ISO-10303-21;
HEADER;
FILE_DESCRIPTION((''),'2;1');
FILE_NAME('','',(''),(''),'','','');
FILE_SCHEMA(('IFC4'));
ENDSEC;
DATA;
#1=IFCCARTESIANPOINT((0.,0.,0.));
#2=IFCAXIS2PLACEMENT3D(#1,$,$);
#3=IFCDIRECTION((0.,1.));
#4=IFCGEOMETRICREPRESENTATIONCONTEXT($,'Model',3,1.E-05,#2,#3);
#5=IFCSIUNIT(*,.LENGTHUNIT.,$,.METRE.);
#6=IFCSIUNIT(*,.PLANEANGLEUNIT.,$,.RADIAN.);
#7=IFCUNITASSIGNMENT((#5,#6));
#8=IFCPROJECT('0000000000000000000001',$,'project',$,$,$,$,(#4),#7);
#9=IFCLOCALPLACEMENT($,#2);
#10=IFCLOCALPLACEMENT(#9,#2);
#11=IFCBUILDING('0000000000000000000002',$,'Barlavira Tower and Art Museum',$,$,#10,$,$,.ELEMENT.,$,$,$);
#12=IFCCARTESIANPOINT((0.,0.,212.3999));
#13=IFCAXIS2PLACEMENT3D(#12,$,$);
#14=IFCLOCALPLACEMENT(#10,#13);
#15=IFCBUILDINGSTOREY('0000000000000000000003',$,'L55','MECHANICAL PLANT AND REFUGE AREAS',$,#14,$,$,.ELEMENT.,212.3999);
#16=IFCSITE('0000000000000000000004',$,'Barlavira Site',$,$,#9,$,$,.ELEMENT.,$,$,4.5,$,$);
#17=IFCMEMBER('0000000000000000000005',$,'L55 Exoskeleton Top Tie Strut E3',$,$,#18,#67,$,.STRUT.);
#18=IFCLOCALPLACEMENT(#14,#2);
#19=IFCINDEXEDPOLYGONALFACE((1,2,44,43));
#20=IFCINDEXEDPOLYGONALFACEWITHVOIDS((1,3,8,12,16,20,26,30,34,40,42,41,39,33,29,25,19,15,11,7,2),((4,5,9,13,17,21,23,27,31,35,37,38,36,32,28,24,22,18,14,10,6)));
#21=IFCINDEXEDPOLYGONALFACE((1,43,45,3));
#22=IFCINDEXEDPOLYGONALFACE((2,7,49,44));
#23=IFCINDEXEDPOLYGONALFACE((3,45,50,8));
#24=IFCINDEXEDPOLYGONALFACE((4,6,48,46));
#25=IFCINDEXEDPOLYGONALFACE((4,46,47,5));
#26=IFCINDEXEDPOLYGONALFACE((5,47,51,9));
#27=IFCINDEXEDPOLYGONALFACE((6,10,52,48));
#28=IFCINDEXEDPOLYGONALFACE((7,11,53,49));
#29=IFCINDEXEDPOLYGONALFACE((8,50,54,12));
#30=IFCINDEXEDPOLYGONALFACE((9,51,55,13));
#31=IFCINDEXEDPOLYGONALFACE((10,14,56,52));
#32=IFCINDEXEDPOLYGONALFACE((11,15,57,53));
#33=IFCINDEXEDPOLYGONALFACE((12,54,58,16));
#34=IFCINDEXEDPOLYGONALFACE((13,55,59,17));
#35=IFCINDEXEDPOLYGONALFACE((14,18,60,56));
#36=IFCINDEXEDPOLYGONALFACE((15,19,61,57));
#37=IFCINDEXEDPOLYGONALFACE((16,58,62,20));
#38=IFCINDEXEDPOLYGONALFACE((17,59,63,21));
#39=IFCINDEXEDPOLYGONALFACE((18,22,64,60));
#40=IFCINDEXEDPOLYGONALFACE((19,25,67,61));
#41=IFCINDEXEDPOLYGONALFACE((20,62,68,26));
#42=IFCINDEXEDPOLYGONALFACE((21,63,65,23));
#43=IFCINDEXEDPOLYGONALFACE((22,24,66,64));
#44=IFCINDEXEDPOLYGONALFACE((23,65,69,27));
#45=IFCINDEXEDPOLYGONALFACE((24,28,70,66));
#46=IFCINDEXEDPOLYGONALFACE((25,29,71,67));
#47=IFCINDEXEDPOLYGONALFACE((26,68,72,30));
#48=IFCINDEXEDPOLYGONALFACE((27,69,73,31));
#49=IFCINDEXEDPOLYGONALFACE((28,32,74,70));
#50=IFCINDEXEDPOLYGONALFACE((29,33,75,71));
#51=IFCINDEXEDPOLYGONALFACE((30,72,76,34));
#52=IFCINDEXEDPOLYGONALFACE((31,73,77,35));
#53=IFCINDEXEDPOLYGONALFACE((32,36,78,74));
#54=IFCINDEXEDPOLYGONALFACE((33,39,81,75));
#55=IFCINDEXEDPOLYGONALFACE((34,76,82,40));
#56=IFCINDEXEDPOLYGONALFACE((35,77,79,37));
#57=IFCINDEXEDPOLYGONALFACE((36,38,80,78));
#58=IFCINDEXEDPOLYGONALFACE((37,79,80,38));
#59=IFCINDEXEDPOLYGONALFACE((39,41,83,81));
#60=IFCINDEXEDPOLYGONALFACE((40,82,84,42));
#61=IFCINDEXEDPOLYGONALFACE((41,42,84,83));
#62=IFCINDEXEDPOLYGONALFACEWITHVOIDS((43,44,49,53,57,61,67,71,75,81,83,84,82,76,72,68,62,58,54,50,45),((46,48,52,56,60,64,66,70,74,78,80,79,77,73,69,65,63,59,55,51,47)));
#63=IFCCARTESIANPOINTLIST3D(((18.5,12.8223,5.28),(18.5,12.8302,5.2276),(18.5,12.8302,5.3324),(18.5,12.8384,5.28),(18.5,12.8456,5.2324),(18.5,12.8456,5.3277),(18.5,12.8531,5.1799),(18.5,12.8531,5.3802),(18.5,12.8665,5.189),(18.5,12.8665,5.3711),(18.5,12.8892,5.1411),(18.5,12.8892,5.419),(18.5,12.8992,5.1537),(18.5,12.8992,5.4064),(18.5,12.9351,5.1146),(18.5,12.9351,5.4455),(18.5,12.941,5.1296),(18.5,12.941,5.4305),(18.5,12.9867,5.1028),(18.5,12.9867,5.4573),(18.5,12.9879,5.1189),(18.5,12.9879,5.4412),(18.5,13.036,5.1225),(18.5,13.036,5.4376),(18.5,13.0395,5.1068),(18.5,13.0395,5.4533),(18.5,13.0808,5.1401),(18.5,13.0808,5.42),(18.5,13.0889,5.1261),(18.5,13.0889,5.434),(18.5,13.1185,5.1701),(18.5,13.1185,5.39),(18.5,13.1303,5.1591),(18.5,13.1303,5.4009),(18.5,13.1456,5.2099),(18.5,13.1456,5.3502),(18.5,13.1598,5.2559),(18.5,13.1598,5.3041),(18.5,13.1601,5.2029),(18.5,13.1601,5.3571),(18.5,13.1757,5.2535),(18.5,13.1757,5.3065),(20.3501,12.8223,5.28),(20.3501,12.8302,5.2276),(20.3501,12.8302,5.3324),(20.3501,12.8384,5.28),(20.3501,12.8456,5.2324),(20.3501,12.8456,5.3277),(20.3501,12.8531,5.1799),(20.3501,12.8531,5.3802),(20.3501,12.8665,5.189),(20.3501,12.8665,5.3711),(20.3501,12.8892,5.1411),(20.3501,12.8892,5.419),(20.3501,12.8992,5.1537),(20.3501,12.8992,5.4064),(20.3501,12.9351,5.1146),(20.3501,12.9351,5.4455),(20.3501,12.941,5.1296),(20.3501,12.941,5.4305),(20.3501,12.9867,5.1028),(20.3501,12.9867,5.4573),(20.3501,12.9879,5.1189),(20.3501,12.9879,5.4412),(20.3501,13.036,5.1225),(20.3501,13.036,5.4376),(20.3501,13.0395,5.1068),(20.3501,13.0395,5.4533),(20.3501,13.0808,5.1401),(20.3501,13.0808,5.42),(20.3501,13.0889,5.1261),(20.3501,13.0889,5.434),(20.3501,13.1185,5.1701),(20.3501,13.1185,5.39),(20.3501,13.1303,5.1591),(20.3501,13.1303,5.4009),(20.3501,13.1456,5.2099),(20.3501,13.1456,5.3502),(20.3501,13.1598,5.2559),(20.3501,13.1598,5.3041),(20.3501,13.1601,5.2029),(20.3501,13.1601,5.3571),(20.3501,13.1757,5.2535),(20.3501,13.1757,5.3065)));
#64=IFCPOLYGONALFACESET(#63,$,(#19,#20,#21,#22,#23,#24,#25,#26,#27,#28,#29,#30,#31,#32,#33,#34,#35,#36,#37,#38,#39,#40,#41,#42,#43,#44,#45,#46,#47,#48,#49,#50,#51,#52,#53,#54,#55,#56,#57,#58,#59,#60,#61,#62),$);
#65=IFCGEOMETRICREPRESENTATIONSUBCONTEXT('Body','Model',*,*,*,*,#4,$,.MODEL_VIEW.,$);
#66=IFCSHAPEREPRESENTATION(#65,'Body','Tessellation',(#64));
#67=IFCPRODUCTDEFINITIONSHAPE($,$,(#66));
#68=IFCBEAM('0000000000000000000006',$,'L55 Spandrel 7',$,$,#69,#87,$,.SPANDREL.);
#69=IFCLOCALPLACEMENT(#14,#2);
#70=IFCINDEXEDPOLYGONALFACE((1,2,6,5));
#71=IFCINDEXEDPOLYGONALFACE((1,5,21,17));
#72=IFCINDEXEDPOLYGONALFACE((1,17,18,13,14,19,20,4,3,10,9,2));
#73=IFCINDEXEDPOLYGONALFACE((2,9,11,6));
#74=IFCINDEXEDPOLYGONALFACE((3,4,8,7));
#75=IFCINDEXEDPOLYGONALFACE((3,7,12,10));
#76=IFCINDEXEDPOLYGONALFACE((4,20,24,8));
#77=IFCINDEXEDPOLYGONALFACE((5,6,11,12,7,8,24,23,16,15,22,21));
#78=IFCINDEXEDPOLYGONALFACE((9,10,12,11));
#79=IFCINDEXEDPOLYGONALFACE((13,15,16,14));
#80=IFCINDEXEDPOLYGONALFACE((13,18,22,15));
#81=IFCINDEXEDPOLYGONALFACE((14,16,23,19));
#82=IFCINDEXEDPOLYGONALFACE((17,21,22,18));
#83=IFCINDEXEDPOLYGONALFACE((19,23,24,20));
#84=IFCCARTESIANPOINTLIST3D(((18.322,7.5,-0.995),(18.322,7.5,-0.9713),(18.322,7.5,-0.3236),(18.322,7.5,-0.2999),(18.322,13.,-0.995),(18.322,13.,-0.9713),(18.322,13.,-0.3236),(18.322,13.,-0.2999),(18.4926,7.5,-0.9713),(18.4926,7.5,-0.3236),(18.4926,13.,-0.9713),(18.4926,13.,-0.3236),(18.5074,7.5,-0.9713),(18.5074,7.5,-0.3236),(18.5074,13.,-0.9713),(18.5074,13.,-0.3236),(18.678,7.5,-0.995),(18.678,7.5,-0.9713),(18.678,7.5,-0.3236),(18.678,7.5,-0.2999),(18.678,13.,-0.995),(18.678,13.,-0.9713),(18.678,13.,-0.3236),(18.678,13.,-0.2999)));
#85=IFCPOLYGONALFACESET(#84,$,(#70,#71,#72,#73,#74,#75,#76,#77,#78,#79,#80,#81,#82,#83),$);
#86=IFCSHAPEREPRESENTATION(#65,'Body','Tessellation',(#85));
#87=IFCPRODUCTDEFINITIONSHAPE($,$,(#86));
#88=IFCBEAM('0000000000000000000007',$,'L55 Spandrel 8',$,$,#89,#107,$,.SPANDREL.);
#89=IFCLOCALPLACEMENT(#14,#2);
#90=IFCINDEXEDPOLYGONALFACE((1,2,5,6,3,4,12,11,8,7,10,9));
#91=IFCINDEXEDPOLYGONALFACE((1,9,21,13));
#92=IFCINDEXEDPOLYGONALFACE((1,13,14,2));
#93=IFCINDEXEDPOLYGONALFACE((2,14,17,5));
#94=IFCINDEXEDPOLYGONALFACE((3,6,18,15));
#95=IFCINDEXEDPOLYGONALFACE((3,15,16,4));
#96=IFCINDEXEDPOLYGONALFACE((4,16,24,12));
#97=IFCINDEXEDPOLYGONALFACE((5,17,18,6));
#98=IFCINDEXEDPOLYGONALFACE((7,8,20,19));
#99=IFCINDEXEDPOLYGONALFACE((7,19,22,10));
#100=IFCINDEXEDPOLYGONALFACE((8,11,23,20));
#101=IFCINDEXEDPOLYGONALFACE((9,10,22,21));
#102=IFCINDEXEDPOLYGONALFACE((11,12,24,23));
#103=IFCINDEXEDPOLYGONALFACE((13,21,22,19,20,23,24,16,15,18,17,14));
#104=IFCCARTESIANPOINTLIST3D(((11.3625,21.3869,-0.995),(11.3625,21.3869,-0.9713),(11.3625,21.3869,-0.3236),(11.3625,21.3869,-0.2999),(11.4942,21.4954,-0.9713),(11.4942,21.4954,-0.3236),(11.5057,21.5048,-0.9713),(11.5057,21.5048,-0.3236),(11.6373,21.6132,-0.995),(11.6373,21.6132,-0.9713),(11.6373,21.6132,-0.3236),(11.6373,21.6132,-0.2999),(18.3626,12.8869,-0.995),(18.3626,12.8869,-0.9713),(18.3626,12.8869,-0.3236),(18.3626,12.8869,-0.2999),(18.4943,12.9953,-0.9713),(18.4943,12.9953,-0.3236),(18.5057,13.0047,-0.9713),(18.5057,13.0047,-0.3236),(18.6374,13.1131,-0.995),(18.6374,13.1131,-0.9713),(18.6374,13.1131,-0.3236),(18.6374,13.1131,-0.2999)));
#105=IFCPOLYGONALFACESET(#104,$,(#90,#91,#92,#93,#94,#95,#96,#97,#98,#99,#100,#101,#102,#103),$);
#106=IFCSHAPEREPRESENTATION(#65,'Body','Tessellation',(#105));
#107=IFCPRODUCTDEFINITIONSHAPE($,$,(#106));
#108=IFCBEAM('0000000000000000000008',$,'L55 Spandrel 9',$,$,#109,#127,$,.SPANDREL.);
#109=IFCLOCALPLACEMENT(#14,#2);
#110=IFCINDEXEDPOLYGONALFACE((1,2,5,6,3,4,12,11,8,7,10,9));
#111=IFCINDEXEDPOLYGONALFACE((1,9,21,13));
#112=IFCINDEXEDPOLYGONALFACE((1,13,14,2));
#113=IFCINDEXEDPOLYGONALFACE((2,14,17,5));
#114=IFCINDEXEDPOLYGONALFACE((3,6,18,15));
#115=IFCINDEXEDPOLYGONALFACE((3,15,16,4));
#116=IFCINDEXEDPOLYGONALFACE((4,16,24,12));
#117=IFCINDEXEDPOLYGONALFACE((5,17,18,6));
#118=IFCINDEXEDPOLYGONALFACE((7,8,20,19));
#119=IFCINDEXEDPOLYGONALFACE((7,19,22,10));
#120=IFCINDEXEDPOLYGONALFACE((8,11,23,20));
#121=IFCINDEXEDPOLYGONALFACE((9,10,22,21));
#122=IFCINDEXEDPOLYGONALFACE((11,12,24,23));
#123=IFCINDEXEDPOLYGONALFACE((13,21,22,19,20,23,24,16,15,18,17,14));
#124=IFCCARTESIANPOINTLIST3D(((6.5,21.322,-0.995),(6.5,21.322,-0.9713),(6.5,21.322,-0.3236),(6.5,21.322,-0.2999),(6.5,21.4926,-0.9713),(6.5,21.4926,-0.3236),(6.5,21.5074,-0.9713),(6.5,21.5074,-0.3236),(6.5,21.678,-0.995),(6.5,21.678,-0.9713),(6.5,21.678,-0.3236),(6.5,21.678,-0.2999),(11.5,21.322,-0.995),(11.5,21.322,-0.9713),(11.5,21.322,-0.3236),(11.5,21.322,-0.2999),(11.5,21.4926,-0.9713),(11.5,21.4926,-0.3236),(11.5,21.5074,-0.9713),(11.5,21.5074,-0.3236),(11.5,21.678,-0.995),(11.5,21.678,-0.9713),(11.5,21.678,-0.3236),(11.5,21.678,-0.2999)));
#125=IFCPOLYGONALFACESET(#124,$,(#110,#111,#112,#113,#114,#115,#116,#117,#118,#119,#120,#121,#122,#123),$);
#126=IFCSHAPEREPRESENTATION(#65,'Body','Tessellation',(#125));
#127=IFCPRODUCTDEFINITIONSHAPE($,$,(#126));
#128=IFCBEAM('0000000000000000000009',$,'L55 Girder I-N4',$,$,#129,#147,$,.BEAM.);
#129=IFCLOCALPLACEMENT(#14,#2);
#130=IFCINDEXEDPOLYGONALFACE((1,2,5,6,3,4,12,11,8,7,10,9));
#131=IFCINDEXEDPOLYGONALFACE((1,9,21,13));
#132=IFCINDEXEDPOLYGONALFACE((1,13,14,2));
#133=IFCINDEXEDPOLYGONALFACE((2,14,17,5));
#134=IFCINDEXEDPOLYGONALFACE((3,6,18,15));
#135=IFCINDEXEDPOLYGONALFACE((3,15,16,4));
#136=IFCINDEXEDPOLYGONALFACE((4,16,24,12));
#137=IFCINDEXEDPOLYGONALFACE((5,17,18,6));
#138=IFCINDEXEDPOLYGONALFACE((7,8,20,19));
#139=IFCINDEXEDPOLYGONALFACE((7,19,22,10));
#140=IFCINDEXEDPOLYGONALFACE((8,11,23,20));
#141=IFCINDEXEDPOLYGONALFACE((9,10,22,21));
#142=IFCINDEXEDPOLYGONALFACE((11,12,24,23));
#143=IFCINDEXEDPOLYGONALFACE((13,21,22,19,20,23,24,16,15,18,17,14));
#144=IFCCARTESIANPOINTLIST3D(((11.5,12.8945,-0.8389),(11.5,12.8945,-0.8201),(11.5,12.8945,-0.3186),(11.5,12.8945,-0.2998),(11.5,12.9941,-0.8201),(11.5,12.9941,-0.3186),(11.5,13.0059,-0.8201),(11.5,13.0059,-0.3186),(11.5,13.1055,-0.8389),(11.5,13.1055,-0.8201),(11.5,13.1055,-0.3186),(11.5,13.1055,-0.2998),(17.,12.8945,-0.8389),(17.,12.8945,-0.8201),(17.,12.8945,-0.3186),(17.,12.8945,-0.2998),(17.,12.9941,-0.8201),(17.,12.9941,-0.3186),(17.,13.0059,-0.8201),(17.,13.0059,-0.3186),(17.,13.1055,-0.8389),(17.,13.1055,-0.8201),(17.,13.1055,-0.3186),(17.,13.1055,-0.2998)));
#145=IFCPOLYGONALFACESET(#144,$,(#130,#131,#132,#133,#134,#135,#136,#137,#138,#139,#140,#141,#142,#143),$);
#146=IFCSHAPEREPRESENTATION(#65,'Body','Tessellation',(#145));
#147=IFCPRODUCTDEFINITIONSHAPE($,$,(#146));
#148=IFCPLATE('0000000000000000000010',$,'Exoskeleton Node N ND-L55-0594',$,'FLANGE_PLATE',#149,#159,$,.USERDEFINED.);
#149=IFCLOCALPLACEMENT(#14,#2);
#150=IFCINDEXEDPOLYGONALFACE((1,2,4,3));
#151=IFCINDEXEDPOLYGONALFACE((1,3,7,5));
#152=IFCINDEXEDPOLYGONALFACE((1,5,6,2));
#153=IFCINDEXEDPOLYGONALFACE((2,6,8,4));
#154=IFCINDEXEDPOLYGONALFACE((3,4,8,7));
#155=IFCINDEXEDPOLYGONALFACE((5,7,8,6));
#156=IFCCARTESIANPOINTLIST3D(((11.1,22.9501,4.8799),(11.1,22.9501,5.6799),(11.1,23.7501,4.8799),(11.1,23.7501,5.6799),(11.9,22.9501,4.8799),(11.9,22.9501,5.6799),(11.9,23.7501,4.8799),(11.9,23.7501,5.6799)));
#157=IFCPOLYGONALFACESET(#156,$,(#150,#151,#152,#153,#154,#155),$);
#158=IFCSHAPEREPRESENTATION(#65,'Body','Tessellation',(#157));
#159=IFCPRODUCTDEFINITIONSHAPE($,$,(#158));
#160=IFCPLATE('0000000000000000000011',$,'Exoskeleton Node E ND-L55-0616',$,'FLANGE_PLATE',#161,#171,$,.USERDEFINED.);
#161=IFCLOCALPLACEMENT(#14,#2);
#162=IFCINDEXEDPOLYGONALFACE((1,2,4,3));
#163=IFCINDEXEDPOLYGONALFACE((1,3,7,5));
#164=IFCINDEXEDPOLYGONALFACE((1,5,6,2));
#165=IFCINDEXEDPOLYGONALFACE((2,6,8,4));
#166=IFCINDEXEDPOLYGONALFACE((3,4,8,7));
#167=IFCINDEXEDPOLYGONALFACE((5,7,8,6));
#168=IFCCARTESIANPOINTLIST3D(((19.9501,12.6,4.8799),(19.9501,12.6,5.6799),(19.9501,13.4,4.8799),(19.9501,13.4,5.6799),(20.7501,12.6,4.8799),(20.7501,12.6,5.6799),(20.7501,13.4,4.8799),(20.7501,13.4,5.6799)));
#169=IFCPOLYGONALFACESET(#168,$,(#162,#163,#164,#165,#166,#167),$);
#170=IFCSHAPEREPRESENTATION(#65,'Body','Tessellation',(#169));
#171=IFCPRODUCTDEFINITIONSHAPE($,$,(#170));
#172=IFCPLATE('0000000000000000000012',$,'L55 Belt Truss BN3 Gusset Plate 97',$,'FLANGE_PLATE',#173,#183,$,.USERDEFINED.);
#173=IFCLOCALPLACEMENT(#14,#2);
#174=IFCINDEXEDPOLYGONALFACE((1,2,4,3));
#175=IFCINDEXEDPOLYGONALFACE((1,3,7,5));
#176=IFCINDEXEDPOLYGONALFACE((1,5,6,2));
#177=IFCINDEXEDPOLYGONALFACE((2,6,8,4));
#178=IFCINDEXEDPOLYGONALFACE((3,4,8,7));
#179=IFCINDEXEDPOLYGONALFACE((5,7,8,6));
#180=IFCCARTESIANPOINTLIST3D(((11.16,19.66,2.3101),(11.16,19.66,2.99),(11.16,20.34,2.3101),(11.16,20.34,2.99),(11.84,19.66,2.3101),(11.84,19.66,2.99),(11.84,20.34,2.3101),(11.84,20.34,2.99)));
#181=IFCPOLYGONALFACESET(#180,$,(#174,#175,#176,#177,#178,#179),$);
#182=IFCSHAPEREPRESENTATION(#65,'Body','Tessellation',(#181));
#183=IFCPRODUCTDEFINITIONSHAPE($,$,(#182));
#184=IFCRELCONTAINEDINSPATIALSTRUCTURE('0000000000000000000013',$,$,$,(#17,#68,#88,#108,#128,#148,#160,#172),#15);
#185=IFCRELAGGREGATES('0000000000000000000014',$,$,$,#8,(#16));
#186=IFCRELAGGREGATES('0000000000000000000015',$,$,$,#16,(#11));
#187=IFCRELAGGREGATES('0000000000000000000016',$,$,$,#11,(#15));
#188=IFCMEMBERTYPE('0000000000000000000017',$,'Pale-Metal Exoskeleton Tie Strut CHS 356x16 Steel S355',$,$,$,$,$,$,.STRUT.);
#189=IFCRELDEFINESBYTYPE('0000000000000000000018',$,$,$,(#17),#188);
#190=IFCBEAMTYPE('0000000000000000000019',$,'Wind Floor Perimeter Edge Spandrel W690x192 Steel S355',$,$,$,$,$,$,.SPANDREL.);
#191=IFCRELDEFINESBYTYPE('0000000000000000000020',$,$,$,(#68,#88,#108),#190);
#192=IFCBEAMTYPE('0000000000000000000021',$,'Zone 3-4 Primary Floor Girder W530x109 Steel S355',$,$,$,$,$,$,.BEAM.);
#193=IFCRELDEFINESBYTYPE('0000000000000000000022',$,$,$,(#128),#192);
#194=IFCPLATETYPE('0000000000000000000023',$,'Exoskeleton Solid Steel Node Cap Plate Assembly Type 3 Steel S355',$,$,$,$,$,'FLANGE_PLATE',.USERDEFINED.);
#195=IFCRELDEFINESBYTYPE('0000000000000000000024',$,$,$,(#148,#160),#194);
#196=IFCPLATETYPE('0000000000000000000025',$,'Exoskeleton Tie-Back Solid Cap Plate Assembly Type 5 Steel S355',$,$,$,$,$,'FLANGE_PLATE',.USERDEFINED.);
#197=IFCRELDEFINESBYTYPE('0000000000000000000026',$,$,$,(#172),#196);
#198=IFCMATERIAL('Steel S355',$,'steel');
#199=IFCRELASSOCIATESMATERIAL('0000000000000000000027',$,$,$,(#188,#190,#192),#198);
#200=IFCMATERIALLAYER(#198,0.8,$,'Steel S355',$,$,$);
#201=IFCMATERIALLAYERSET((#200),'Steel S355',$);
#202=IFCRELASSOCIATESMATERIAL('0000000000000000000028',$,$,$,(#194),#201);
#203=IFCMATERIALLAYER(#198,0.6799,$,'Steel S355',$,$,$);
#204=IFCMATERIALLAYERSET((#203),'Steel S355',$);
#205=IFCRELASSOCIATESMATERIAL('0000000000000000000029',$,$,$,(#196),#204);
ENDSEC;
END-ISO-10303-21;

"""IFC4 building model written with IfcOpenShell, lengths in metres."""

from ifc_helpers import new_model, si_unit, direction, frame, origin, origin_2d, place, context, subcontext, project, spatial, rectangle, hollow_circle, i_section, extrude, material, layer, layer_set, material_profile, profile_set, type_object, element, save


model = new_model("IFC4")

# Units and contexts
model_context = context("Model", 3, precision=1e-05, world=origin(), true_north=direction((0.0, 1.0)))
body_context = subcontext(model_context, "Body", "Model", "MODEL_VIEW")
ifc_project = project(units=[si_unit("LENGTHUNIT", "METRE"), si_unit("PLANEANGLEUNIT", "RADIAN")], contexts=[model_context])

# Site, building, storey
site_placement = place(None, origin())
site = spatial("IfcSite", under=ifc_project, at=site_placement, Name="Barlavira Site", CompositionType="ELEMENT", RefElevation=4.5)
building_placement = place(site_placement, origin())
building = spatial("IfcBuilding", under=site, at=building_placement, Name="Barlavira Tower and Art Museum", CompositionType="ELEMENT")
storey_placement = place(building_placement, frame((0.0, 0.0, 212.3999)))
storey = spatial("IfcBuildingStorey", under=building, at=storey_placement, Name="L55", Description="MECHANICAL PLANT AND REFUGE AREAS", CompositionType="ELEMENT", Elevation=212.3999)

# Member
ifc_material_1 = material(Name="Steel S355", Category="steel")
ifc_material_profile_1 = material_profile(ifc_material_1, hollow_circle(Radius=0.1777, WallThickness=0.0161, at=origin_2d()), Name="CHS 355.6x16.0")
ifc_profile_set_1 = profile_set([ifc_material_profile_1], Name="Steel S355")
member_type_1 = type_object("IfcMemberType", Name="Pale-Metal Exoskeleton Tie Strut CHS 356x16 Steel S355", PredefinedType="STRUT", material=ifc_profile_set_1)
for number, where, z_axis, x_axis, name in (
    (1, (20.3501, 13.0, 5.28), (-1.0, 0.0, 0.0), (0.0, -1.0, 0.0), "L55 Exoskeleton Top Tie Strut E3"),
):
    element("IfcMember", number, at=place(storey_placement, frame(where, z_axis=z_axis, x_axis=x_axis)), inside=storey, type_object=member_type_1, Name=name, PredefinedType="STRUT", context=body_context, shape_type="SweptSolid", body=[
        extrude(hollow_circle(Radius=0.1777, WallThickness=0.0161, at=origin_2d()), origin(), (0.0, 0.0, 1.0), 1.8501),
    ])

# Beams
ifc_material_profile_2 = material_profile(ifc_material_1, i_section(OverallWidth=0.356, OverallDepth=0.6951, WebThickness=0.0149, FlangeThickness=0.0237, at=origin_2d()), Name="W690x192.0")
ifc_profile_set_2 = profile_set([ifc_material_profile_2], Name="Steel S355")
beam_type_1 = type_object("IfcBeamType", Name="Wind Floor Perimeter Edge Spandrel W690x192 Steel S355", PredefinedType="SPANDREL", material=ifc_profile_set_2)
beam_1_placement = place(storey_placement, frame((18.5, 7.5, -0.6475), z_axis=(0.0, 1.0, 0.0), x_axis=(-1.0, 0.0, 0.0)))
element("IfcBeam", 2, at=beam_1_placement, inside=storey, type_object=beam_type_1, Name="L55 Spandrel 7", PredefinedType="SPANDREL", context=body_context, shape_type="SweptSolid", body=[
    extrude(i_section(OverallWidth=0.356, OverallDepth=0.6951, WebThickness=0.0149, FlangeThickness=0.0237, at=origin_2d()), origin(), (0.0, 0.0, 1.0), 5.5),
])
beam_2_placement = place(storey_placement, frame((18.5, 13.0, -0.6475), z_axis=(-0.635707, 0.77193, 0.0), x_axis=(-0.77193, -0.635707, 0.0)))
element("IfcBeam", 3, at=beam_2_placement, inside=storey, type_object=beam_type_1, Name="L55 Spandrel 8", PredefinedType="SPANDREL", context=body_context, shape_type="SweptSolid", body=[
    extrude(i_section(OverallWidth=0.356, OverallDepth=0.6951, WebThickness=0.0149, FlangeThickness=0.0237, at=origin_2d()), origin(), (0.0, 0.0, 1.0), 11.0115),
])
beam_3_placement = place(storey_placement, frame((6.5, 21.5, -0.6475), z_axis=(1.0, 0.0, 0.0), x_axis=(0.0, 1.0, 0.0)))
element("IfcBeam", 4, at=beam_3_placement, inside=storey, type_object=beam_type_1, Name="L55 Spandrel 9", PredefinedType="SPANDREL", context=body_context, shape_type="SweptSolid", body=[
    extrude(i_section(OverallWidth=0.356, OverallDepth=0.6951, WebThickness=0.0149, FlangeThickness=0.0237, at=origin_2d()), origin(), (0.0, 0.0, 1.0), 5.0),
])
ifc_material_profile_3 = material_profile(ifc_material_1, i_section(OverallWidth=0.2109, OverallDepth=0.5391, WebThickness=0.0117, FlangeThickness=0.0188, at=origin_2d()), Name="W530x109.0")
ifc_profile_set_3 = profile_set([ifc_material_profile_3], Name="Steel S355")
beam_type_2 = type_object("IfcBeamType", Name="Zone 3-4 Primary Floor Girder W530x109 Steel S355", PredefinedType="BEAM", material=ifc_profile_set_3)
beam_4_placement = place(storey_placement, frame((11.5, 13.0, -0.5693), z_axis=(1.0, 0.0, 0.0), x_axis=(0.0, 1.0, 0.0)))
element("IfcBeam", 5, at=beam_4_placement, inside=storey, type_object=beam_type_2, Name="L55 Girder I-N4", PredefinedType="BEAM", context=body_context, shape_type="SweptSolid", body=[
    extrude(i_section(OverallWidth=0.2109, OverallDepth=0.5391, WebThickness=0.0117, FlangeThickness=0.0188, at=origin_2d()), origin(), (0.0, 0.0, 1.0), 5.5),
])

# Plates
ifc_layer_1 = layer(ifc_material_1, 0.8, Name="Steel S355")
ifc_layer_set_1 = layer_set([ifc_layer_1], Name="Steel S355")
plate_type_1 = type_object("IfcPlateType", Name="Exoskeleton Solid Steel Node Cap Plate Assembly Type 3 Steel S355", ElementType="FLANGE_PLATE", PredefinedType="USERDEFINED", material=ifc_layer_set_1)
for number, where, z_axis, x_axis, name in (
    (6, (11.5, 23.3501, 4.8799), (0.0, 0.0, 1.0), (1.0, 0.0, 0.0), "Exoskeleton Node N ND-L55-0594"),
    (7, (20.3501, 13.0, 4.8799), (0.0, 0.0, 1.0), (1.0, 0.0, 0.0), "Exoskeleton Node E ND-L55-0616"),
):
    element("IfcPlate", number, at=place(storey_placement, frame(where, z_axis=z_axis, x_axis=x_axis)), inside=storey, type_object=plate_type_1, Name=name, ObjectType="FLANGE_PLATE", PredefinedType="USERDEFINED", context=body_context, shape_type="SweptSolid", body=[
        extrude(rectangle(XDim=0.8, YDim=0.8, at=origin_2d()), origin(), (0.0, 0.0, 1.0), 0.8),
    ])
ifc_layer_2 = layer(ifc_material_1, 0.6799, Name="Steel S355")
ifc_layer_set_2 = layer_set([ifc_layer_2], Name="Steel S355")
plate_type_2 = type_object("IfcPlateType", Name="Exoskeleton Tie-Back Solid Cap Plate Assembly Type 5 Steel S355", ElementType="FLANGE_PLATE", PredefinedType="USERDEFINED", material=ifc_layer_set_2)
for number, where, z_axis, x_axis, name in (
    (8, (11.5, 20.0, 2.3101), (0.0, 0.0, 1.0), (1.0, 0.0, 0.0), "L55 Belt Truss BN3 Gusset Plate 97"),
):
    element("IfcPlate", number, at=place(storey_placement, frame(where, z_axis=z_axis, x_axis=x_axis)), inside=storey, type_object=plate_type_2, Name=name, ObjectType="FLANGE_PLATE", PredefinedType="USERDEFINED", context=body_context, shape_type="SweptSolid", body=[
        extrude(rectangle(XDim=0.6799, YDim=0.6799, at=origin_2d()), origin(), (0.0, 0.0, 1.0), 0.6799),
    ])

save(model, "model.ifc")
